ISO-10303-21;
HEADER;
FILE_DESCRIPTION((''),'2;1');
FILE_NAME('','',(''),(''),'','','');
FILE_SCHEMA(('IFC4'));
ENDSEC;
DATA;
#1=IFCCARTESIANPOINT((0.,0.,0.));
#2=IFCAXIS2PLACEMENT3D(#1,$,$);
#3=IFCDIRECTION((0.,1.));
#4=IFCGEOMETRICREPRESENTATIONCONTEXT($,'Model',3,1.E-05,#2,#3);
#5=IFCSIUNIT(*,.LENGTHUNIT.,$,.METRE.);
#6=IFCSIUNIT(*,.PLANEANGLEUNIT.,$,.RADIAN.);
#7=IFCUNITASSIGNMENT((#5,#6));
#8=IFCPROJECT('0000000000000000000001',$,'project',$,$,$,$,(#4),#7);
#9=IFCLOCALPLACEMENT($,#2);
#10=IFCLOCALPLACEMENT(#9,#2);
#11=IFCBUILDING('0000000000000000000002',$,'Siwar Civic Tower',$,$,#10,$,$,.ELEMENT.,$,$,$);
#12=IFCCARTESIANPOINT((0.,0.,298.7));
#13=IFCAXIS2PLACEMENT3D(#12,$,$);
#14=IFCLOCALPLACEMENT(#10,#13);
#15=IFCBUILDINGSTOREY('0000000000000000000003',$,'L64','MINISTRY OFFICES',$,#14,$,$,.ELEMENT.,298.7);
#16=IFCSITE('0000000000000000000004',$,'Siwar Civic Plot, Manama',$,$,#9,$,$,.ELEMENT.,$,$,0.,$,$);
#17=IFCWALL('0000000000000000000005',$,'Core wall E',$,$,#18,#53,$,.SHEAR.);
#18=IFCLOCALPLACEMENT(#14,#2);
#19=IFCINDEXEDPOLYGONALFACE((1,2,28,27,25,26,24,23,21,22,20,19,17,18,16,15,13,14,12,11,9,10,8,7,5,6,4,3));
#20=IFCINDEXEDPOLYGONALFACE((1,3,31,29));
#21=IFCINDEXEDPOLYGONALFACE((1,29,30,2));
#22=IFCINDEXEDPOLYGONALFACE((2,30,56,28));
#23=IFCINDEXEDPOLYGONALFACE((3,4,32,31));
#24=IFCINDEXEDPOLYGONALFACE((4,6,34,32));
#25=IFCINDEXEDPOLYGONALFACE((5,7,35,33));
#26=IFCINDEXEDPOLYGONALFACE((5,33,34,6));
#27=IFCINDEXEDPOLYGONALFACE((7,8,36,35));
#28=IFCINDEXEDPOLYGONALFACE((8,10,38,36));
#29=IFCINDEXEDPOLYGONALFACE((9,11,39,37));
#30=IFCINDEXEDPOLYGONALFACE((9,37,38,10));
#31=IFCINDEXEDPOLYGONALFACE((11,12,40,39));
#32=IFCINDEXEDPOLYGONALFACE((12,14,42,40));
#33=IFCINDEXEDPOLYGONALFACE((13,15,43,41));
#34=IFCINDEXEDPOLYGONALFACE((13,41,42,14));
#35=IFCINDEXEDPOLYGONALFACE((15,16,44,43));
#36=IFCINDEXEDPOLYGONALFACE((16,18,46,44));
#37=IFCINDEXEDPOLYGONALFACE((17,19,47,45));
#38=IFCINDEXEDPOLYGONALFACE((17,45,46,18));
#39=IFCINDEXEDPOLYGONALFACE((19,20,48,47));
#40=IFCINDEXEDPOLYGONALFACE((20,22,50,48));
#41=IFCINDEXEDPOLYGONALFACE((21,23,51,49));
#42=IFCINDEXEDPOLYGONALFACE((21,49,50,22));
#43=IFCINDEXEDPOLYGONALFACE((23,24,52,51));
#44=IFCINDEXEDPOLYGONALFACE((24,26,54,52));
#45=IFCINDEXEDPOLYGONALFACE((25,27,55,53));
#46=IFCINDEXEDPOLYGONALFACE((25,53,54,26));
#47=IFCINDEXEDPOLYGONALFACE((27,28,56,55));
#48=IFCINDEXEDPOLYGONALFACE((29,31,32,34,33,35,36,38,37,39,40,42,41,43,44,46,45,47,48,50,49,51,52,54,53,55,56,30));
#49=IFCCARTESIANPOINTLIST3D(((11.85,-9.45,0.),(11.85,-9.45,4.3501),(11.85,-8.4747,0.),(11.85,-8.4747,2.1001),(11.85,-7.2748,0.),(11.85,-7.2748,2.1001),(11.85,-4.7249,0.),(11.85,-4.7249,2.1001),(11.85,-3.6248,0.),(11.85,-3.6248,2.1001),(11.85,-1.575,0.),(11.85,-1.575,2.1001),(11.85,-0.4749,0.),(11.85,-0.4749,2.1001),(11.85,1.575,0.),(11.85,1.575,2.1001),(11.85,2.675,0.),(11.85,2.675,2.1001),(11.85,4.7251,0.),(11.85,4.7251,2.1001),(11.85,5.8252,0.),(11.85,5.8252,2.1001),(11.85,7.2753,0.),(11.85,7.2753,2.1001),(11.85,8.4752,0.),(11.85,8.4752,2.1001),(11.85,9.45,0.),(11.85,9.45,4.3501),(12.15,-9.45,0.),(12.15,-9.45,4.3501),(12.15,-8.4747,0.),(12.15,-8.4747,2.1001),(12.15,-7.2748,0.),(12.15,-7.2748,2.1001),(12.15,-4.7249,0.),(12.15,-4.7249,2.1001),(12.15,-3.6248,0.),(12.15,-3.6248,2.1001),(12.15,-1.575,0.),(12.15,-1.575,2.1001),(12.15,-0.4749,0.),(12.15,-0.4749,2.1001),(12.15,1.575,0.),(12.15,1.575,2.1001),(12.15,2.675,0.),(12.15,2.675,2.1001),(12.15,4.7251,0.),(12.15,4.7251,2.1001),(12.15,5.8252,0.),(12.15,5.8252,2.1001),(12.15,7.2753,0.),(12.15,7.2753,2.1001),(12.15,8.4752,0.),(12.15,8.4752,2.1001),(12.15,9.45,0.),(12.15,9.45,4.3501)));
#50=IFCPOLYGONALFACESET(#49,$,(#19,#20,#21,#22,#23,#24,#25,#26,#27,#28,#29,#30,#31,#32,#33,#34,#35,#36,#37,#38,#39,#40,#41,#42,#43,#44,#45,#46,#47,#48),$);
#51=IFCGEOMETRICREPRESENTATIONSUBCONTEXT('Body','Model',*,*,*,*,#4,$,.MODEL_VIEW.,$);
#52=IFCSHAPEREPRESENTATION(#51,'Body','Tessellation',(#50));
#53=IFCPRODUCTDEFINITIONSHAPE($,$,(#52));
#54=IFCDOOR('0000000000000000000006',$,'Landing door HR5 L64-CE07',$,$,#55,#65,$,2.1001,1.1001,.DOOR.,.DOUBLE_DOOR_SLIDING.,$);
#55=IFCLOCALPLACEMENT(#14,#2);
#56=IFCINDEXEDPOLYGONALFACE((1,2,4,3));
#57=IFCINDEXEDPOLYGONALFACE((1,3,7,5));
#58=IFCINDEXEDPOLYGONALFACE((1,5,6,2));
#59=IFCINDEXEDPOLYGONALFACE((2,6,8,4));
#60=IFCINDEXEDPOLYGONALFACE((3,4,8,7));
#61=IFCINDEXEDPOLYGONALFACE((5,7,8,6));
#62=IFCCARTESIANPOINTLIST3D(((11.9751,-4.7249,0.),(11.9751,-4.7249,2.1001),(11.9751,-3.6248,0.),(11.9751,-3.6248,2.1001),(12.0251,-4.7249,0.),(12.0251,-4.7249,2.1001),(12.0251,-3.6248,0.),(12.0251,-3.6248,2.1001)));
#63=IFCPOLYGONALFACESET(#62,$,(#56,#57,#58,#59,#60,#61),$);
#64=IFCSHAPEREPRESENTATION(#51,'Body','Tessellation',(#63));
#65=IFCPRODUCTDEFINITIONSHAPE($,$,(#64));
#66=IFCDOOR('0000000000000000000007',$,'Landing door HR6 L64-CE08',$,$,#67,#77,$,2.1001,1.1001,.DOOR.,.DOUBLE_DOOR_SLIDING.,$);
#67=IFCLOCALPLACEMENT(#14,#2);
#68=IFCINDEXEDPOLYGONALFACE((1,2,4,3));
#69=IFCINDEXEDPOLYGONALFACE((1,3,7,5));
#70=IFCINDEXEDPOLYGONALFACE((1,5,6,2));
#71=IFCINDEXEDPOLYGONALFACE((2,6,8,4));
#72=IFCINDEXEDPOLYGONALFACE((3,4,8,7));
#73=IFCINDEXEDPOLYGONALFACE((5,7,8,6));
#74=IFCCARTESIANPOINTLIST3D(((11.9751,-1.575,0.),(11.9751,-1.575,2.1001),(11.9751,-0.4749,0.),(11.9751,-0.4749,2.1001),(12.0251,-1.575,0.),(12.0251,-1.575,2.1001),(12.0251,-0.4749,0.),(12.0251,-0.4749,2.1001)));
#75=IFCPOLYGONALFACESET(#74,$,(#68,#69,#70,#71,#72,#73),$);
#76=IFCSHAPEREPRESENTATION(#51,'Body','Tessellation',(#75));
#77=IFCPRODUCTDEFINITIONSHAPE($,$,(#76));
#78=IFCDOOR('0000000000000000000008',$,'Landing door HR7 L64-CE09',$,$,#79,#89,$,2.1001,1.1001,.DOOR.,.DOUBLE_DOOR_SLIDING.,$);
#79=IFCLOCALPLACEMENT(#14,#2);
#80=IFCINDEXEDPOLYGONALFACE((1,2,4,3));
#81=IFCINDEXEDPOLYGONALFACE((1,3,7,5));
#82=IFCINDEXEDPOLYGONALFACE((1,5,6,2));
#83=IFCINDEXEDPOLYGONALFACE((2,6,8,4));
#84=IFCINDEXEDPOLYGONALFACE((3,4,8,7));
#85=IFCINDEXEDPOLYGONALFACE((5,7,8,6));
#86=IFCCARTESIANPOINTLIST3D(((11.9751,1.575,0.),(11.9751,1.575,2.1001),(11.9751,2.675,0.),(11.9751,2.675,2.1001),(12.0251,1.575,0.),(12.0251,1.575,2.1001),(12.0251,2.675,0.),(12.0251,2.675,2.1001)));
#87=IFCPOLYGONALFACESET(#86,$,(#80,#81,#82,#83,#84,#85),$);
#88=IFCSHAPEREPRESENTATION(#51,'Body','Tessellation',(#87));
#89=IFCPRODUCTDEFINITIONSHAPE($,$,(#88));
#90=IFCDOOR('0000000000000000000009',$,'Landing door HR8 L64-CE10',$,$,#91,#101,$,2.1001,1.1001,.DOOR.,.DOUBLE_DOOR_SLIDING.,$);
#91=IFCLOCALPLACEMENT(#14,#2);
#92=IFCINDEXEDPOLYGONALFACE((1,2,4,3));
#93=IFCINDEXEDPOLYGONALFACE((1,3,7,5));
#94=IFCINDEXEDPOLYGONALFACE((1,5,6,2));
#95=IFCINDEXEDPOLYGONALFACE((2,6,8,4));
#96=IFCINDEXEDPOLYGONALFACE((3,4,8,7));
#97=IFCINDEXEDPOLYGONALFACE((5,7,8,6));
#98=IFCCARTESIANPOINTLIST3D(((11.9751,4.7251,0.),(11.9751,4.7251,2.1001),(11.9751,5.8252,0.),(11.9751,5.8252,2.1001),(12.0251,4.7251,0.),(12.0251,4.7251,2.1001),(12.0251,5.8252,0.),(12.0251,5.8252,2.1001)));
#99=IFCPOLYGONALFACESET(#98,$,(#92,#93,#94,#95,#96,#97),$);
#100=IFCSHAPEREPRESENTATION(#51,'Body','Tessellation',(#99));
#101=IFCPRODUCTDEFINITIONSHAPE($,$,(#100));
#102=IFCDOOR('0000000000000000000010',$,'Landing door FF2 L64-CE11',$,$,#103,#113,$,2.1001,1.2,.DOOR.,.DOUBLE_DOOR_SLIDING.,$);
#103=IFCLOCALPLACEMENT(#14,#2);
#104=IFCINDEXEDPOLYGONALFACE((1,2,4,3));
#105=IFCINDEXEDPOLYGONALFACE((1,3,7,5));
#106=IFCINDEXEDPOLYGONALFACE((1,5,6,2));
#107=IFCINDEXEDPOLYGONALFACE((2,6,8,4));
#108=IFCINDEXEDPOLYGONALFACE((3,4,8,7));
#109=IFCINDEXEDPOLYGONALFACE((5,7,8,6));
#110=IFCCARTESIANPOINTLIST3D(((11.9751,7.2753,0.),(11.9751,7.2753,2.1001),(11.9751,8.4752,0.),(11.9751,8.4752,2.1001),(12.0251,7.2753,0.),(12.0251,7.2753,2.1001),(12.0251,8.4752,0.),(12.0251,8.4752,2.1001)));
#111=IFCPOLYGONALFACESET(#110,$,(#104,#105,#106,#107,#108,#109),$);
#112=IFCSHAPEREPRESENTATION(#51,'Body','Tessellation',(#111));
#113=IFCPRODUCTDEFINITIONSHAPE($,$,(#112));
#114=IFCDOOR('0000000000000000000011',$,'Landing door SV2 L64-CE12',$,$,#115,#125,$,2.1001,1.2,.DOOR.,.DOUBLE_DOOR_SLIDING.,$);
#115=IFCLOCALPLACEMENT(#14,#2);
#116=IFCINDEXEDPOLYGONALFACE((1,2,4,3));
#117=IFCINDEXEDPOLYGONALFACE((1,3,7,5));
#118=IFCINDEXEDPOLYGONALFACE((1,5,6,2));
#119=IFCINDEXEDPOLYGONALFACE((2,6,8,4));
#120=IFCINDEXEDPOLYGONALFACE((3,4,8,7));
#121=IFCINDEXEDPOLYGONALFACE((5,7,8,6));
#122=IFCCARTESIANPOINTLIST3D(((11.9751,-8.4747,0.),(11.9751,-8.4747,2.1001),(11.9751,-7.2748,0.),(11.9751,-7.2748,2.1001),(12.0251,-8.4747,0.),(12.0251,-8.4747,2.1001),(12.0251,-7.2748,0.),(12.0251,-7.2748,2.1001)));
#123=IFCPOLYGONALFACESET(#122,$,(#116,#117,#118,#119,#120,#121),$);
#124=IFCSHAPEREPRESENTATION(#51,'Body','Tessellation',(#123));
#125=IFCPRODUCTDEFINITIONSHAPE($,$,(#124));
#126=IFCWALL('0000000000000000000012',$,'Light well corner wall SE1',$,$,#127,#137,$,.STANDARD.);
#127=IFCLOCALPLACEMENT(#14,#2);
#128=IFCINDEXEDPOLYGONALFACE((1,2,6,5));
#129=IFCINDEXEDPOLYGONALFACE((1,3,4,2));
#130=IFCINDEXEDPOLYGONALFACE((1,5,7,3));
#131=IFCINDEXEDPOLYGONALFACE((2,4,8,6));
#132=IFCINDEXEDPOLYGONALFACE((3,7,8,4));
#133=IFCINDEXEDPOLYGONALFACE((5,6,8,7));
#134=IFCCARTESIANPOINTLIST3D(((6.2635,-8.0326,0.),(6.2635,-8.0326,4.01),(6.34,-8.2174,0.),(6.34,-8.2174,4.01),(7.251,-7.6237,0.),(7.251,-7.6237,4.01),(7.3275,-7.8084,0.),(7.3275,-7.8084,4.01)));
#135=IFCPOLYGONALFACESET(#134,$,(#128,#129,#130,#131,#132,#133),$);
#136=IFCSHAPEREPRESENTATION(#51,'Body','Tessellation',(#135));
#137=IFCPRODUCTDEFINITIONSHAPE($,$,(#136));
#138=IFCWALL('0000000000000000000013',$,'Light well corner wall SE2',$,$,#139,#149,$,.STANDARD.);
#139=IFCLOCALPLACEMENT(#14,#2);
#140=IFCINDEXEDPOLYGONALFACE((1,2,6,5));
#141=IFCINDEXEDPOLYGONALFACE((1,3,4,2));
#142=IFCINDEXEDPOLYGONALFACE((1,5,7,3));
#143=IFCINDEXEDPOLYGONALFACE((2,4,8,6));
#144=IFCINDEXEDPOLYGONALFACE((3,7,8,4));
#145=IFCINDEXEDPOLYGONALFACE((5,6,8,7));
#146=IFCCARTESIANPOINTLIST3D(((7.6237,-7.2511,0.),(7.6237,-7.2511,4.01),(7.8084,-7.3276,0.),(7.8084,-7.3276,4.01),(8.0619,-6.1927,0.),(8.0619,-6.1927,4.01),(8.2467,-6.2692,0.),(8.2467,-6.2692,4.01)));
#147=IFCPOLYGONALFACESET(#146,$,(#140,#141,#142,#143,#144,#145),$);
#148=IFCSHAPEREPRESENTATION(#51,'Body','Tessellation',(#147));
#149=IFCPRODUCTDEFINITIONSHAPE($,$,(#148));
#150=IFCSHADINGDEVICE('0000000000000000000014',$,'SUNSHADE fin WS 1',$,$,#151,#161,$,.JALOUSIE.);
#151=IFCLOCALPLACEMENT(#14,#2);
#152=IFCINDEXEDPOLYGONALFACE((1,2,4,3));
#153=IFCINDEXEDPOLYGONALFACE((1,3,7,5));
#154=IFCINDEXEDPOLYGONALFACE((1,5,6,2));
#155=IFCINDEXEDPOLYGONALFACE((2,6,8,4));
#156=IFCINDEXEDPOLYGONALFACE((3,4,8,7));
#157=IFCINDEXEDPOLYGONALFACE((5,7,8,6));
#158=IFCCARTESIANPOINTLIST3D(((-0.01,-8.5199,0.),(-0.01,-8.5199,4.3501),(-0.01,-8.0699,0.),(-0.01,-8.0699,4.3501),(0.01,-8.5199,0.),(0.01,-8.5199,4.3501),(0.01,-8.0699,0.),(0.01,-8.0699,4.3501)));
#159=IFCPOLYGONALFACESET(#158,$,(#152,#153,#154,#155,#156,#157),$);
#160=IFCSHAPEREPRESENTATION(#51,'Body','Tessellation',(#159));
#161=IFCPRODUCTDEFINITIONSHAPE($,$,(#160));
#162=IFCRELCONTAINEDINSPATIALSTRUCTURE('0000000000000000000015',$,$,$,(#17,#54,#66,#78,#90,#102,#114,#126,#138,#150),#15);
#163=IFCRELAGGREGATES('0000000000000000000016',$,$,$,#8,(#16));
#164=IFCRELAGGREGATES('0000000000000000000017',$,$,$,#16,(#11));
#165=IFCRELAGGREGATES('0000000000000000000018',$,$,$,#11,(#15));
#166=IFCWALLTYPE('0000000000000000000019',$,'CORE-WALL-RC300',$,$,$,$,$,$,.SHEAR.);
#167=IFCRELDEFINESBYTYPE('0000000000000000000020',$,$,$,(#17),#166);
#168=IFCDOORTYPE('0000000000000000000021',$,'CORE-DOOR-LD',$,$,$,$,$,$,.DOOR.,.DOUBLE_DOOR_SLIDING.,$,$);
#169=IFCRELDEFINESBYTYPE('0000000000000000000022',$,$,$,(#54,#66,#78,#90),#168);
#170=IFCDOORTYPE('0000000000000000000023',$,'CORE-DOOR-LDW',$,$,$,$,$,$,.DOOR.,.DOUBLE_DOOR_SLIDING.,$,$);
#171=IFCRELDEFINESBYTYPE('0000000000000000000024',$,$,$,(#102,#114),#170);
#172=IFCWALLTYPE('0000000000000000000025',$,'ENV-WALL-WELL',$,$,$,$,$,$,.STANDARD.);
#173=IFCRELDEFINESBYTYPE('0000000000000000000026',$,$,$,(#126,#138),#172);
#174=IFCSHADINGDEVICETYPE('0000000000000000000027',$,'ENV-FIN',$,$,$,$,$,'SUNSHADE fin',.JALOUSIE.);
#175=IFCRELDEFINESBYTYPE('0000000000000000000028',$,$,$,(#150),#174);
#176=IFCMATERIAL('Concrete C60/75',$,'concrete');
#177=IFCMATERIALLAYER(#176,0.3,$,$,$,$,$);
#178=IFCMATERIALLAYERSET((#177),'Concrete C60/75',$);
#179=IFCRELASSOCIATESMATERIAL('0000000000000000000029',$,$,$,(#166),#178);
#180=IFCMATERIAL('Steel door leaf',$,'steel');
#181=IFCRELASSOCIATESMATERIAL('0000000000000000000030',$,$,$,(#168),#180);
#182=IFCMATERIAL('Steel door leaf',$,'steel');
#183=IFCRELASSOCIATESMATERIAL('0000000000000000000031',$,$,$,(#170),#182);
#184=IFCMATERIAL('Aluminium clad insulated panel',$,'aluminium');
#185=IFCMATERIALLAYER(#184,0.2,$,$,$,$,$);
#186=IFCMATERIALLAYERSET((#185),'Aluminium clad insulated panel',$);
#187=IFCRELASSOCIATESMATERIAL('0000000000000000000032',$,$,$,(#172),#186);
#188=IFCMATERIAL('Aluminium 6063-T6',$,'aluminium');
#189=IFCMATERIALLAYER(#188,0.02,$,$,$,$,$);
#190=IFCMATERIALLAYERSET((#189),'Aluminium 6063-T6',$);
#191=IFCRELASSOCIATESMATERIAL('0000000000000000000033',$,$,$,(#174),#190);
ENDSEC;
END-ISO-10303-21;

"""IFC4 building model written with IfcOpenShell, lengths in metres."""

from ifc_helpers import new_model, si_unit, direction, frame, frame_2d, origin, origin_2d, place, context, subcontext, project, spatial, rectangle, extrude, material, layer, layer_set, type_object, element, fill, save


model = new_model("IFC4")

# Units and contexts
model_context = context("Model", 3, precision=1e-05, world=origin(), true_north=direction((0.0, 1.0)))
body_context = subcontext(model_context, "Body", "Model", "MODEL_VIEW")
ifc_project = project(units=[si_unit("LENGTHUNIT", "METRE"), si_unit("PLANEANGLEUNIT", "RADIAN")], contexts=[model_context])

# Site, building, storey
site_placement = place(None, origin())
site = spatial("IfcSite", under=ifc_project, at=site_placement, Name="Siwar Civic Plot, Manama", CompositionType="ELEMENT", RefElevation=0.0)
building_placement = place(site_placement, origin())
building = spatial("IfcBuilding", under=site, at=building_placement, Name="Siwar Civic Tower", CompositionType="ELEMENT")
storey_placement = place(building_placement, frame((0.0, 0.0, 298.7)))
storey = spatial("IfcBuildingStorey", under=building, at=storey_placement, Name="L64", Description="MINISTRY OFFICES", CompositionType="ELEMENT", Elevation=298.7)

# Wall, openings, doors
ifc_material_1 = material(Name="Concrete C60/75", Category="concrete")
ifc_layer_1 = layer(ifc_material_1, 0.3)
ifc_layer_set_1 = layer_set([ifc_layer_1], Name="Concrete C60/75")
wall_type_1 = type_object("IfcWallType", Name="CORE-WALL-RC300", PredefinedType="SHEAR", material=ifc_layer_set_1)
wall_1_placement = place(storey_placement, frame((12.0, -9.45, 0.0), z_axis=(0.0, 0.0, 1.0), x_axis=(0.0, 1.0, 0.0)))
wall_1 = element("IfcWall", 1, at=wall_1_placement, inside=storey, type_object=wall_type_1, Name="Core wall E", PredefinedType="SHEAR", context=body_context, shape_type="SweptSolid", body=[
    extrude(rectangle(XDim=18.8999, YDim=0.3, at=frame_2d((9.45, 0.0))), origin(), (0.0, 0.0, 1.0), 4.3501),
])
opening_1_placement = place(wall_1_placement, frame((4.7251, 0.0, 0.0)))
opening_1 = element("IfcOpeningElement", 2, at=opening_1_placement, cuts=wall_1, PredefinedType="OPENING", context=body_context, shape_type="SweptSolid", body=[
    extrude(rectangle(XDim=1.1001, YDim=2.1001, at=frame_2d((0.55, 1.05))), frame((0.0, 0.1602, 0.0), z_axis=(0.0, -1.0, 0.0), x_axis=(1.0, 0.0, 0.0)), (0.0, 0.0, 1.0), 0.3201),
])
opening_2_placement = place(wall_1_placement, frame((7.875, 0.0, 0.0)))
opening_2 = element("IfcOpeningElement", 3, at=opening_2_placement, cuts=wall_1, PredefinedType="OPENING", context=body_context, shape_type="SweptSolid", body=[
    extrude(rectangle(XDim=1.1001, YDim=2.1001, at=frame_2d((0.55, 1.05))), frame((0.0, 0.1602, 0.0), z_axis=(0.0, -1.0, 0.0), x_axis=(1.0, 0.0, 0.0)), (0.0, 0.0, 1.0), 0.3201),
])
opening_3_placement = place(wall_1_placement, frame((11.0249, 0.0, 0.0)))
opening_3 = element("IfcOpeningElement", 4, at=opening_3_placement, cuts=wall_1, PredefinedType="OPENING", context=body_context, shape_type="SweptSolid", body=[
    extrude(rectangle(XDim=1.1001, YDim=2.1001, at=frame_2d((0.55, 1.05))), frame((0.0, 0.1602, 0.0), z_axis=(0.0, -1.0, 0.0), x_axis=(1.0, 0.0, 0.0)), (0.0, 0.0, 1.0), 0.3201),
])
opening_4_placement = place(wall_1_placement, frame((14.175, 0.0, 0.0)))
opening_4 = element("IfcOpeningElement", 5, at=opening_4_placement, cuts=wall_1, PredefinedType="OPENING", context=body_context, shape_type="SweptSolid", body=[
    extrude(rectangle(XDim=1.1001, YDim=2.1001, at=frame_2d((0.55, 1.05))), frame((0.0, 0.1602, 0.0), z_axis=(0.0, -1.0, 0.0), x_axis=(1.0, 0.0, 0.0)), (0.0, 0.0, 1.0), 0.3201),
])
opening_5_placement = place(wall_1_placement, frame((16.7251, 0.0, 0.0)))
opening_5 = element("IfcOpeningElement", 6, at=opening_5_placement, cuts=wall_1, PredefinedType="OPENING", context=body_context, shape_type="SweptSolid", body=[
    extrude(rectangle(XDim=1.2, YDim=2.1001, at=frame_2d((0.6001, 1.05))), frame((0.0, 0.1602, 0.0), z_axis=(0.0, -1.0, 0.0), x_axis=(1.0, 0.0, 0.0)), (0.0, 0.0, 1.0), 0.3201),
])
opening_6_placement = place(wall_1_placement, frame((0.9751, 0.0, 0.0)))
opening_6 = element("IfcOpeningElement", 7, at=opening_6_placement, cuts=wall_1, PredefinedType="OPENING", context=body_context, shape_type="SweptSolid", body=[
    extrude(rectangle(XDim=1.2, YDim=2.1001, at=frame_2d((0.6001, 1.05))), frame((0.0, 0.1602, 0.0), z_axis=(0.0, -1.0, 0.0), x_axis=(1.0, 0.0, 0.0)), (0.0, 0.0, 1.0), 0.3201),
])
ifc_material_2 = material(Name="Steel door leaf", Category="steel")
door_type_1 = type_object("IfcDoorType", Name="CORE-DOOR-LD", OperationType="DOUBLE_DOOR_SLIDING", PredefinedType="DOOR", material=ifc_material_2)
door_1_placement = place(opening_1_placement, origin())
door_1 = element("IfcDoor", 8, at=door_1_placement, inside=storey, type_object=door_type_1, Name="Landing door HR5 L64-CE07", OperationType="DOUBLE_DOOR_SLIDING", OverallHeight=2.1001, OverallWidth=1.1001, PredefinedType="DOOR", context=body_context, shape_type="SweptSolid", body=[
    extrude(rectangle(XDim=1.1001, YDim=2.1001, at=frame_2d((0.55, 1.05))), frame((0.0, 0.0249, 0.0), z_axis=(0.0, -1.0, 0.0), x_axis=(1.0, 0.0, 0.0)), (0.0, 0.0, 1.0), 0.05),
])
fill(opening_1, door_1)
door_2_placement = place(opening_2_placement, origin())
door_2 = element("IfcDoor", 9, at=door_2_placement, inside=storey, type_object=door_type_1, Name="Landing door HR6 L64-CE08", OperationType="DOUBLE_DOOR_SLIDING", OverallHeight=2.1001, OverallWidth=1.1001, PredefinedType="DOOR", context=body_context, shape_type="SweptSolid", body=[
    extrude(rectangle(XDim=1.1001, YDim=2.1001, at=frame_2d((0.55, 1.05))), frame((0.0, 0.0249, 0.0), z_axis=(0.0, -1.0, 0.0), x_axis=(1.0, 0.0, 0.0)), (0.0, 0.0, 1.0), 0.05),
])
fill(opening_2, door_2)
door_3_placement = place(opening_3_placement, origin())
door_3 = element("IfcDoor", 10, at=door_3_placement, inside=storey, type_object=door_type_1, Name="Landing door HR7 L64-CE09", OperationType="DOUBLE_DOOR_SLIDING", OverallHeight=2.1001, OverallWidth=1.1001, PredefinedType="DOOR", context=body_context, shape_type="SweptSolid", body=[
    extrude(rectangle(XDim=1.1001, YDim=2.1001, at=frame_2d((0.55, 1.05))), frame((0.0, 0.0249, 0.0), z_axis=(0.0, -1.0, 0.0), x_axis=(1.0, 0.0, 0.0)), (0.0, 0.0, 1.0), 0.05),
])
fill(opening_3, door_3)
door_4_placement = place(opening_4_placement, origin())
door_4 = element("IfcDoor", 11, at=door_4_placement, inside=storey, type_object=door_type_1, Name="Landing door HR8 L64-CE10", OperationType="DOUBLE_DOOR_SLIDING", OverallHeight=2.1001, OverallWidth=1.1001, PredefinedType="DOOR", context=body_context, shape_type="SweptSolid", body=[
    extrude(rectangle(XDim=1.1001, YDim=2.1001, at=frame_2d((0.55, 1.05))), frame((0.0, 0.0249, 0.0), z_axis=(0.0, -1.0, 0.0), x_axis=(1.0, 0.0, 0.0)), (0.0, 0.0, 1.0), 0.05),
])
fill(opening_4, door_4)
ifc_material_3 = material(Name="Steel door leaf", Category="steel")
door_type_2 = type_object("IfcDoorType", Name="CORE-DOOR-LDW", OperationType="DOUBLE_DOOR_SLIDING", PredefinedType="DOOR", material=ifc_material_3)
door_5_placement = place(opening_5_placement, origin())
door_5 = element("IfcDoor", 12, at=door_5_placement, inside=storey, type_object=door_type_2, Name="Landing door FF2 L64-CE11", OperationType="DOUBLE_DOOR_SLIDING", OverallHeight=2.1001, OverallWidth=1.2, PredefinedType="DOOR", context=body_context, shape_type="SweptSolid", body=[
    extrude(rectangle(XDim=1.2, YDim=2.1001, at=frame_2d((0.6001, 1.05))), frame((0.0, 0.0249, 0.0), z_axis=(0.0, -1.0, 0.0), x_axis=(1.0, 0.0, 0.0)), (0.0, 0.0, 1.0), 0.05),
])
fill(opening_5, door_5)
door_6_placement = place(opening_6_placement, origin())
door_6 = element("IfcDoor", 13, at=door_6_placement, inside=storey, type_object=door_type_2, Name="Landing door SV2 L64-CE12", OperationType="DOUBLE_DOOR_SLIDING", OverallHeight=2.1001, OverallWidth=1.2, PredefinedType="DOOR", context=body_context, shape_type="SweptSolid", body=[
    extrude(rectangle(XDim=1.2, YDim=2.1001, at=frame_2d((0.6001, 1.05))), frame((0.0, 0.0249, 0.0), z_axis=(0.0, -1.0, 0.0), x_axis=(1.0, 0.0, 0.0)), (0.0, 0.0, 1.0), 0.05),
])
fill(opening_6, door_6)

# Walls
ifc_material_4 = material(Name="Aluminium clad insulated panel", Category="aluminium")
ifc_layer_2 = layer(ifc_material_4, 0.2)
ifc_layer_set_2 = layer_set([ifc_layer_2], Name="Aluminium clad insulated panel")
wall_type_2 = type_object("IfcWallType", Name="ENV-WALL-WELL", PredefinedType="STANDARD", material=ifc_layer_set_2)
wall_2_placement = place(storey_placement, frame((6.3018, -8.125, 0.0), z_axis=(0.0, 0.0, 1.0), x_axis=(0.923919, 0.382587, 0.0)))
element("IfcWall", 14, at=wall_2_placement, inside=storey, type_object=wall_type_2, Name="Light well corner wall SE1", PredefinedType="STANDARD", context=body_context, shape_type="SweptSolid", body=[
    extrude(rectangle(XDim=1.0688, YDim=0.2, at=frame_2d((0.5344, 0.0))), origin(), (0.0, 0.0, 1.0), 4.01),
])
wall_3_placement = place(storey_placement, frame((7.7161, -7.2893, 0.0), z_axis=(0.0, 0.0, 1.0), x_axis=(0.382571, 0.923926, 0.0)))
element("IfcWall", 15, at=wall_3_placement, inside=storey, type_object=wall_type_2, Name="Light well corner wall SE2", PredefinedType="STANDARD", context=body_context, shape_type="SweptSolid", body=[
    extrude(rectangle(XDim=1.1455, YDim=0.2, at=frame_2d((0.5728, 0.0))), origin(), (0.0, 0.0, 1.0), 4.01),
])

# Shading device
ifc_material_5 = material(Name="Aluminium 6063-T6", Category="aluminium")
ifc_layer_3 = layer(ifc_material_5, 0.02)
ifc_layer_set_3 = layer_set([ifc_layer_3], Name="Aluminium 6063-T6")
shading_device_type = type_object("IfcShadingDeviceType", Name="ENV-FIN", ElementType="SUNSHADE fin", PredefinedType="JALOUSIE", material=ifc_layer_set_3)
shading_device_placement = place(storey_placement, frame((0.0, -8.2949, 0.0), z_axis=(0.0, 0.0, 1.0), x_axis=(1.0, 0.0, 0.0)))
element("IfcShadingDevice", 16, at=shading_device_placement, inside=storey, type_object=shading_device_type, Name="SUNSHADE fin WS 1", PredefinedType="JALOUSIE", context=body_context, shape_type="SweptSolid", body=[
    extrude(rectangle(XDim=0.02, YDim=0.45, at=origin_2d()), origin(), (0.0, 0.0, 1.0), 4.3501),
])

save(model, "model.ifc")
